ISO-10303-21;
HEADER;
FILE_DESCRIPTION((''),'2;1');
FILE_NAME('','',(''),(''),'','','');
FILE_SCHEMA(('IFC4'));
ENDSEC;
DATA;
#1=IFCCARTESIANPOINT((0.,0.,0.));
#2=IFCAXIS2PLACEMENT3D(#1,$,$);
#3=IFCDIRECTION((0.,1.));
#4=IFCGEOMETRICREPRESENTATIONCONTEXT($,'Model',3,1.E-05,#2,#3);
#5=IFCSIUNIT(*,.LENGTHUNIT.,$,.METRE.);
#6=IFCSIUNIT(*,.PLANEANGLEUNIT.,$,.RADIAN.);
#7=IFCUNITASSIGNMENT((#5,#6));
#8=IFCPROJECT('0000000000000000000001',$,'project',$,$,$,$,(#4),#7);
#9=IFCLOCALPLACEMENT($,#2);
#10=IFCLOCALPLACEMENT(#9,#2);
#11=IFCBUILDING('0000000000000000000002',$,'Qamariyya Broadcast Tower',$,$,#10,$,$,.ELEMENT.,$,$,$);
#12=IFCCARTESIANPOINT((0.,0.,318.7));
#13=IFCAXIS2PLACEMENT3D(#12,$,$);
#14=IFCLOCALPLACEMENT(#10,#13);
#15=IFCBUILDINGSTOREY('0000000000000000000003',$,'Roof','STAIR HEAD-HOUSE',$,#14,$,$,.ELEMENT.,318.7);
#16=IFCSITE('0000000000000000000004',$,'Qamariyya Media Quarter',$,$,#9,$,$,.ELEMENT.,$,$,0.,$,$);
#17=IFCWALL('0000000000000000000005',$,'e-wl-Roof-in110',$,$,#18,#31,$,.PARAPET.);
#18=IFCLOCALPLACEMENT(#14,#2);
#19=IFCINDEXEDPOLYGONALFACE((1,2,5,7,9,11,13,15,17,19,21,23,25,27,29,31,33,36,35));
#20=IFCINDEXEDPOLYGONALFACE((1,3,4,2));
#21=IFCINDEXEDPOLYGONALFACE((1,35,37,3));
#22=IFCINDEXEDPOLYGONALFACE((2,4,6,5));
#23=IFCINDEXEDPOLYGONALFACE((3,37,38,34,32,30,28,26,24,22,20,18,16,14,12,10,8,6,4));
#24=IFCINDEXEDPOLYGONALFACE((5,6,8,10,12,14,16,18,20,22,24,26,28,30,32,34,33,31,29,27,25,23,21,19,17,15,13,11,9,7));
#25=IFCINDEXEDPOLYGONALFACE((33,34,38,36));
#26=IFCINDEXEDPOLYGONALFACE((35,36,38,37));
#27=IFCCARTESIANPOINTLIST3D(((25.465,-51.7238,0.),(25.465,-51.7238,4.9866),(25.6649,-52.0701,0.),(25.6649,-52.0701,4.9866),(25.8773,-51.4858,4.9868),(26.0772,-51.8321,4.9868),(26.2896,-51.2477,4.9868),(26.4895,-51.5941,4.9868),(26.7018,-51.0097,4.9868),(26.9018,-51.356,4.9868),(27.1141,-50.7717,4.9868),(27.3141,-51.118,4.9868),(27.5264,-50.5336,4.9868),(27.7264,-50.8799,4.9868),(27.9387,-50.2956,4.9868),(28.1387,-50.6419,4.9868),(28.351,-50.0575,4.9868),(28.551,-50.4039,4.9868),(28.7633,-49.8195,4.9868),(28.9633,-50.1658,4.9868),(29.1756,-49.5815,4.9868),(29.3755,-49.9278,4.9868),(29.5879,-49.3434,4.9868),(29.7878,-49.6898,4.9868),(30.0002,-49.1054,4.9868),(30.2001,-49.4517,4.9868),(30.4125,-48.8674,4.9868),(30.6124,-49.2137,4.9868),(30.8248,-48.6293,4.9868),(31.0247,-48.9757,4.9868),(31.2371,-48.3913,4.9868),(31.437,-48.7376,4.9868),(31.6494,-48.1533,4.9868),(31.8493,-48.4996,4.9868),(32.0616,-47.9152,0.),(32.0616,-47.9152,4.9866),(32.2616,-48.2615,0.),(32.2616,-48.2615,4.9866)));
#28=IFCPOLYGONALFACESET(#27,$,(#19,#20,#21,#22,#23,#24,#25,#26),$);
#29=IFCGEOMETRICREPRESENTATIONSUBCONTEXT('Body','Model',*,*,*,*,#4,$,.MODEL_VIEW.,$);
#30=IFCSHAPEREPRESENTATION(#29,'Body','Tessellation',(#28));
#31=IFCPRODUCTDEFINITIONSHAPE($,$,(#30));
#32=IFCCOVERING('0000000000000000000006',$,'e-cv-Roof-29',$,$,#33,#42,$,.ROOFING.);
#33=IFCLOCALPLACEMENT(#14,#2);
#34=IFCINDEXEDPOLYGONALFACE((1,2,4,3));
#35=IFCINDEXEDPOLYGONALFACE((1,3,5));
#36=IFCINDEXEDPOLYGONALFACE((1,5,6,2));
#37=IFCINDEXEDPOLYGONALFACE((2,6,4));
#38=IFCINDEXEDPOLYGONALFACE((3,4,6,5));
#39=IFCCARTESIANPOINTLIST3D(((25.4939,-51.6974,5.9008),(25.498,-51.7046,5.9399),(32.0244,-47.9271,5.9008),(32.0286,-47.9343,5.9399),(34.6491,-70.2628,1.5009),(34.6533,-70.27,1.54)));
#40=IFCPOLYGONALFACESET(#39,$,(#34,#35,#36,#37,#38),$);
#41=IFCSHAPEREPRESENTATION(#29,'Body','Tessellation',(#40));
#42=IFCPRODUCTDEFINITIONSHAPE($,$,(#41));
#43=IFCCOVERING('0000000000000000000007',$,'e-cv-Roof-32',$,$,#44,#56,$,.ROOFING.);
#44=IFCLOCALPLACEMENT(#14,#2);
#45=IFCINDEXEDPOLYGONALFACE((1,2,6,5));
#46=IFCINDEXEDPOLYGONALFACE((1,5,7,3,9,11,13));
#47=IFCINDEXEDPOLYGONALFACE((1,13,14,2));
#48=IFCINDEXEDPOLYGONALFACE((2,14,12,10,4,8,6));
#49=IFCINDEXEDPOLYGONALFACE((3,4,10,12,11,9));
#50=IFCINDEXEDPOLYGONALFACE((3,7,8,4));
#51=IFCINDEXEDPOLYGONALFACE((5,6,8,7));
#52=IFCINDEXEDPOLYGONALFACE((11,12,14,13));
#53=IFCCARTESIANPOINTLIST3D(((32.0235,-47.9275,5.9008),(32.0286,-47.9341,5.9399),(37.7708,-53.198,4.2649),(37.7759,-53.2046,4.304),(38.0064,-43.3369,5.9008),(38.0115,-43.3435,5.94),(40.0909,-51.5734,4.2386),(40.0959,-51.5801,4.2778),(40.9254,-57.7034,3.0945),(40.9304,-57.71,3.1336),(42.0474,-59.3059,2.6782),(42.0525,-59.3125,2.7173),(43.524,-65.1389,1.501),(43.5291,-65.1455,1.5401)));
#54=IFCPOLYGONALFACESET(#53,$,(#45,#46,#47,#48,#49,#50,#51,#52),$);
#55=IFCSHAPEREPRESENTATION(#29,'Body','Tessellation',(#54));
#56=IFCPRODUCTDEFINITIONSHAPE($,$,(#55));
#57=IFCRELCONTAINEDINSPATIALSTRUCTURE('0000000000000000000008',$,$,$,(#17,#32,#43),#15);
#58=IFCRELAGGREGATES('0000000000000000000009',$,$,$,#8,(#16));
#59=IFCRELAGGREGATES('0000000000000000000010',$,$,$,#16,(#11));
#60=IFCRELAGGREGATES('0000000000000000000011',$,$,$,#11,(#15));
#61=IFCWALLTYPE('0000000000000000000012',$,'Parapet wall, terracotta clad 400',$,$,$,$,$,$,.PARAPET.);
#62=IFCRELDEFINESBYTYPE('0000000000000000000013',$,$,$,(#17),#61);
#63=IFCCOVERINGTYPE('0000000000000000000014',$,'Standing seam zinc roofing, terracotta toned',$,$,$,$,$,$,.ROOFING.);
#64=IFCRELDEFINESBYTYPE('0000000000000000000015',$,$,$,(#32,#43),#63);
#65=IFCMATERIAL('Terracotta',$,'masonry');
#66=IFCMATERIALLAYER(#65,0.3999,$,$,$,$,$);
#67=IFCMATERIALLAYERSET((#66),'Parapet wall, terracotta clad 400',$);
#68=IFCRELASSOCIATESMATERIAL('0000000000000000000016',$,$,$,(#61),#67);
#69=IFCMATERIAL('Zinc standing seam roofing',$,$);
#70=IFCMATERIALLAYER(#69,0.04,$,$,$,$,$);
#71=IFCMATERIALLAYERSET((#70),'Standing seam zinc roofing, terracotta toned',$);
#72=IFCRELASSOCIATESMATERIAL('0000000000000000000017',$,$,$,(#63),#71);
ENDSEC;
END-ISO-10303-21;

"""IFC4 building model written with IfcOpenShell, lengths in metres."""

from ifc_helpers import new_model, si_unit, direction, frame, origin, place, context, subcontext, project, spatial, polyline, outline, extrude, material, layer, layer_set, type_object, element, save


model = new_model("IFC4")

# Units and contexts
model_context = context("Model", 3, precision=1e-05, world=origin(), true_north=direction((0.0, 1.0)))
body_context = subcontext(model_context, "Body", "Model", "MODEL_VIEW")
ifc_project = project(units=[si_unit("LENGTHUNIT", "METRE"), si_unit("PLANEANGLEUNIT", "RADIAN")], contexts=[model_context])

# Site, building, storey
site_placement = place(None, origin())
site = spatial("IfcSite", under=ifc_project, at=site_placement, Name="Qamariyya Media Quarter", CompositionType="ELEMENT", RefElevation=0.0)
building_placement = place(site_placement, origin())
building = spatial("IfcBuilding", under=site, at=building_placement, Name="Qamariyya Broadcast Tower", CompositionType="ELEMENT")
storey_placement = place(building_placement, frame((0.0, 0.0, 318.7)))
storey = spatial("IfcBuildingStorey", under=building, at=storey_placement, Name="Roof", Description="STAIR HEAD-HOUSE", CompositionType="ELEMENT", Elevation=318.7)

# Wall
ifc_material_1 = material(Name="Terracotta", Category="masonry")
ifc_layer_1 = layer(ifc_material_1, 0.3999)
ifc_layer_set_1 = layer_set([ifc_layer_1], Name="Parapet wall, terracotta clad 400")
wall_type_1 = type_object("IfcWallType", Name="Parapet wall, terracotta clad 400", PredefinedType="PARAPET", material=ifc_layer_set_1)
wall_1_placement = place(storey_placement, frame((32.1616, -48.0884, 0.0), z_axis=(0.0, 0.0, 1.0), x_axis=(-0.866025, -0.5, 0.0)))
element("IfcWall", 1, at=wall_1_placement, inside=storey, type_object=wall_type_1, Name="e-wl-Roof-in110", PredefinedType="PARAPET", context=body_context, shape_type="SweptSolid", body=[
    extrude(outline(polyline([(0.0, 0.0), (7.6172, 0.0), (7.6172, 4.9866), (7.1411, 4.9868), (6.665, 4.9868), (6.189, 4.9868), (5.7129, 4.9868), (5.2368, 4.9868), (4.7607, 4.9868), (4.2847, 4.9868), (3.8086, 4.9868), (3.3325, 4.9868), (2.8564, 4.9868), (2.3804, 4.9868), (1.9043, 4.9868), (1.4282, 4.9868), (0.9521, 4.9868), (0.4761, 4.9868), (0.0, 4.9866), (0.0, 0.0)])), frame((0.0, 0.2, 0.0), z_axis=(0.0, -1.0, 0.0), x_axis=(1.0, 0.0, 0.0)), (0.0, 0.0, 1.0), 0.3999),
])

# Coverings
ifc_material_2 = material(Name="Zinc standing seam roofing")
ifc_layer_2 = layer(ifc_material_2, 0.04)
ifc_layer_set_2 = layer_set([ifc_layer_2], Name="Standing seam zinc roofing, terracotta toned")
covering_type = type_object("IfcCoveringType", Name="Standing seam zinc roofing, terracotta toned", PredefinedType="ROOFING", material=ifc_layer_set_2)
covering_1_placement = place(storey_placement, frame((32.0286, -47.9343, 5.9399), z_axis=(0.104166, -0.180426, 0.978057), x_axis=(-0.866033, -0.499987, 0.0)))
element("IfcCovering", 2, at=covering_1_placement, inside=storey, type_object=covering_type, Name="e-cv-Roof-29", PredefinedType="ROOFING", context=body_context, shape_type="SweptSolid", body=[
    extrude(outline(polyline([(0.0, 0.0), (7.5407, 0.0), (8.8944, 21.1192), (0.0, 0.0)])), origin(), (0.0, 0.0, -1.0), 0.04),
])
covering_2_placement = place(storey_placement, frame((32.0286, -47.9341, 5.9399), z_axis=(0.126815, -0.165287, 0.978058), x_axis=(0.543436, -0.813297, -0.207905)))
element("IfcCovering", 3, at=covering_2_placement, inside=storey, type_object=covering_type, Name="e-cv-Roof-32", PredefinedType="ROOFING", context=body_context, shape_type="SweptSolid", body=[
    extrude(outline(polyline([(0.0, 0.0), (21.1626, 0.0), (15.3714, 2.0132), (13.3718, 1.9705), (7.7499, 1.8507), (7.6949, 4.6826), (-0.4822, 7.5257), (0.0, 0.0)])), origin(), (0.0, 0.0, -1.0), 0.04),
])

save(model, "model.ifc")
